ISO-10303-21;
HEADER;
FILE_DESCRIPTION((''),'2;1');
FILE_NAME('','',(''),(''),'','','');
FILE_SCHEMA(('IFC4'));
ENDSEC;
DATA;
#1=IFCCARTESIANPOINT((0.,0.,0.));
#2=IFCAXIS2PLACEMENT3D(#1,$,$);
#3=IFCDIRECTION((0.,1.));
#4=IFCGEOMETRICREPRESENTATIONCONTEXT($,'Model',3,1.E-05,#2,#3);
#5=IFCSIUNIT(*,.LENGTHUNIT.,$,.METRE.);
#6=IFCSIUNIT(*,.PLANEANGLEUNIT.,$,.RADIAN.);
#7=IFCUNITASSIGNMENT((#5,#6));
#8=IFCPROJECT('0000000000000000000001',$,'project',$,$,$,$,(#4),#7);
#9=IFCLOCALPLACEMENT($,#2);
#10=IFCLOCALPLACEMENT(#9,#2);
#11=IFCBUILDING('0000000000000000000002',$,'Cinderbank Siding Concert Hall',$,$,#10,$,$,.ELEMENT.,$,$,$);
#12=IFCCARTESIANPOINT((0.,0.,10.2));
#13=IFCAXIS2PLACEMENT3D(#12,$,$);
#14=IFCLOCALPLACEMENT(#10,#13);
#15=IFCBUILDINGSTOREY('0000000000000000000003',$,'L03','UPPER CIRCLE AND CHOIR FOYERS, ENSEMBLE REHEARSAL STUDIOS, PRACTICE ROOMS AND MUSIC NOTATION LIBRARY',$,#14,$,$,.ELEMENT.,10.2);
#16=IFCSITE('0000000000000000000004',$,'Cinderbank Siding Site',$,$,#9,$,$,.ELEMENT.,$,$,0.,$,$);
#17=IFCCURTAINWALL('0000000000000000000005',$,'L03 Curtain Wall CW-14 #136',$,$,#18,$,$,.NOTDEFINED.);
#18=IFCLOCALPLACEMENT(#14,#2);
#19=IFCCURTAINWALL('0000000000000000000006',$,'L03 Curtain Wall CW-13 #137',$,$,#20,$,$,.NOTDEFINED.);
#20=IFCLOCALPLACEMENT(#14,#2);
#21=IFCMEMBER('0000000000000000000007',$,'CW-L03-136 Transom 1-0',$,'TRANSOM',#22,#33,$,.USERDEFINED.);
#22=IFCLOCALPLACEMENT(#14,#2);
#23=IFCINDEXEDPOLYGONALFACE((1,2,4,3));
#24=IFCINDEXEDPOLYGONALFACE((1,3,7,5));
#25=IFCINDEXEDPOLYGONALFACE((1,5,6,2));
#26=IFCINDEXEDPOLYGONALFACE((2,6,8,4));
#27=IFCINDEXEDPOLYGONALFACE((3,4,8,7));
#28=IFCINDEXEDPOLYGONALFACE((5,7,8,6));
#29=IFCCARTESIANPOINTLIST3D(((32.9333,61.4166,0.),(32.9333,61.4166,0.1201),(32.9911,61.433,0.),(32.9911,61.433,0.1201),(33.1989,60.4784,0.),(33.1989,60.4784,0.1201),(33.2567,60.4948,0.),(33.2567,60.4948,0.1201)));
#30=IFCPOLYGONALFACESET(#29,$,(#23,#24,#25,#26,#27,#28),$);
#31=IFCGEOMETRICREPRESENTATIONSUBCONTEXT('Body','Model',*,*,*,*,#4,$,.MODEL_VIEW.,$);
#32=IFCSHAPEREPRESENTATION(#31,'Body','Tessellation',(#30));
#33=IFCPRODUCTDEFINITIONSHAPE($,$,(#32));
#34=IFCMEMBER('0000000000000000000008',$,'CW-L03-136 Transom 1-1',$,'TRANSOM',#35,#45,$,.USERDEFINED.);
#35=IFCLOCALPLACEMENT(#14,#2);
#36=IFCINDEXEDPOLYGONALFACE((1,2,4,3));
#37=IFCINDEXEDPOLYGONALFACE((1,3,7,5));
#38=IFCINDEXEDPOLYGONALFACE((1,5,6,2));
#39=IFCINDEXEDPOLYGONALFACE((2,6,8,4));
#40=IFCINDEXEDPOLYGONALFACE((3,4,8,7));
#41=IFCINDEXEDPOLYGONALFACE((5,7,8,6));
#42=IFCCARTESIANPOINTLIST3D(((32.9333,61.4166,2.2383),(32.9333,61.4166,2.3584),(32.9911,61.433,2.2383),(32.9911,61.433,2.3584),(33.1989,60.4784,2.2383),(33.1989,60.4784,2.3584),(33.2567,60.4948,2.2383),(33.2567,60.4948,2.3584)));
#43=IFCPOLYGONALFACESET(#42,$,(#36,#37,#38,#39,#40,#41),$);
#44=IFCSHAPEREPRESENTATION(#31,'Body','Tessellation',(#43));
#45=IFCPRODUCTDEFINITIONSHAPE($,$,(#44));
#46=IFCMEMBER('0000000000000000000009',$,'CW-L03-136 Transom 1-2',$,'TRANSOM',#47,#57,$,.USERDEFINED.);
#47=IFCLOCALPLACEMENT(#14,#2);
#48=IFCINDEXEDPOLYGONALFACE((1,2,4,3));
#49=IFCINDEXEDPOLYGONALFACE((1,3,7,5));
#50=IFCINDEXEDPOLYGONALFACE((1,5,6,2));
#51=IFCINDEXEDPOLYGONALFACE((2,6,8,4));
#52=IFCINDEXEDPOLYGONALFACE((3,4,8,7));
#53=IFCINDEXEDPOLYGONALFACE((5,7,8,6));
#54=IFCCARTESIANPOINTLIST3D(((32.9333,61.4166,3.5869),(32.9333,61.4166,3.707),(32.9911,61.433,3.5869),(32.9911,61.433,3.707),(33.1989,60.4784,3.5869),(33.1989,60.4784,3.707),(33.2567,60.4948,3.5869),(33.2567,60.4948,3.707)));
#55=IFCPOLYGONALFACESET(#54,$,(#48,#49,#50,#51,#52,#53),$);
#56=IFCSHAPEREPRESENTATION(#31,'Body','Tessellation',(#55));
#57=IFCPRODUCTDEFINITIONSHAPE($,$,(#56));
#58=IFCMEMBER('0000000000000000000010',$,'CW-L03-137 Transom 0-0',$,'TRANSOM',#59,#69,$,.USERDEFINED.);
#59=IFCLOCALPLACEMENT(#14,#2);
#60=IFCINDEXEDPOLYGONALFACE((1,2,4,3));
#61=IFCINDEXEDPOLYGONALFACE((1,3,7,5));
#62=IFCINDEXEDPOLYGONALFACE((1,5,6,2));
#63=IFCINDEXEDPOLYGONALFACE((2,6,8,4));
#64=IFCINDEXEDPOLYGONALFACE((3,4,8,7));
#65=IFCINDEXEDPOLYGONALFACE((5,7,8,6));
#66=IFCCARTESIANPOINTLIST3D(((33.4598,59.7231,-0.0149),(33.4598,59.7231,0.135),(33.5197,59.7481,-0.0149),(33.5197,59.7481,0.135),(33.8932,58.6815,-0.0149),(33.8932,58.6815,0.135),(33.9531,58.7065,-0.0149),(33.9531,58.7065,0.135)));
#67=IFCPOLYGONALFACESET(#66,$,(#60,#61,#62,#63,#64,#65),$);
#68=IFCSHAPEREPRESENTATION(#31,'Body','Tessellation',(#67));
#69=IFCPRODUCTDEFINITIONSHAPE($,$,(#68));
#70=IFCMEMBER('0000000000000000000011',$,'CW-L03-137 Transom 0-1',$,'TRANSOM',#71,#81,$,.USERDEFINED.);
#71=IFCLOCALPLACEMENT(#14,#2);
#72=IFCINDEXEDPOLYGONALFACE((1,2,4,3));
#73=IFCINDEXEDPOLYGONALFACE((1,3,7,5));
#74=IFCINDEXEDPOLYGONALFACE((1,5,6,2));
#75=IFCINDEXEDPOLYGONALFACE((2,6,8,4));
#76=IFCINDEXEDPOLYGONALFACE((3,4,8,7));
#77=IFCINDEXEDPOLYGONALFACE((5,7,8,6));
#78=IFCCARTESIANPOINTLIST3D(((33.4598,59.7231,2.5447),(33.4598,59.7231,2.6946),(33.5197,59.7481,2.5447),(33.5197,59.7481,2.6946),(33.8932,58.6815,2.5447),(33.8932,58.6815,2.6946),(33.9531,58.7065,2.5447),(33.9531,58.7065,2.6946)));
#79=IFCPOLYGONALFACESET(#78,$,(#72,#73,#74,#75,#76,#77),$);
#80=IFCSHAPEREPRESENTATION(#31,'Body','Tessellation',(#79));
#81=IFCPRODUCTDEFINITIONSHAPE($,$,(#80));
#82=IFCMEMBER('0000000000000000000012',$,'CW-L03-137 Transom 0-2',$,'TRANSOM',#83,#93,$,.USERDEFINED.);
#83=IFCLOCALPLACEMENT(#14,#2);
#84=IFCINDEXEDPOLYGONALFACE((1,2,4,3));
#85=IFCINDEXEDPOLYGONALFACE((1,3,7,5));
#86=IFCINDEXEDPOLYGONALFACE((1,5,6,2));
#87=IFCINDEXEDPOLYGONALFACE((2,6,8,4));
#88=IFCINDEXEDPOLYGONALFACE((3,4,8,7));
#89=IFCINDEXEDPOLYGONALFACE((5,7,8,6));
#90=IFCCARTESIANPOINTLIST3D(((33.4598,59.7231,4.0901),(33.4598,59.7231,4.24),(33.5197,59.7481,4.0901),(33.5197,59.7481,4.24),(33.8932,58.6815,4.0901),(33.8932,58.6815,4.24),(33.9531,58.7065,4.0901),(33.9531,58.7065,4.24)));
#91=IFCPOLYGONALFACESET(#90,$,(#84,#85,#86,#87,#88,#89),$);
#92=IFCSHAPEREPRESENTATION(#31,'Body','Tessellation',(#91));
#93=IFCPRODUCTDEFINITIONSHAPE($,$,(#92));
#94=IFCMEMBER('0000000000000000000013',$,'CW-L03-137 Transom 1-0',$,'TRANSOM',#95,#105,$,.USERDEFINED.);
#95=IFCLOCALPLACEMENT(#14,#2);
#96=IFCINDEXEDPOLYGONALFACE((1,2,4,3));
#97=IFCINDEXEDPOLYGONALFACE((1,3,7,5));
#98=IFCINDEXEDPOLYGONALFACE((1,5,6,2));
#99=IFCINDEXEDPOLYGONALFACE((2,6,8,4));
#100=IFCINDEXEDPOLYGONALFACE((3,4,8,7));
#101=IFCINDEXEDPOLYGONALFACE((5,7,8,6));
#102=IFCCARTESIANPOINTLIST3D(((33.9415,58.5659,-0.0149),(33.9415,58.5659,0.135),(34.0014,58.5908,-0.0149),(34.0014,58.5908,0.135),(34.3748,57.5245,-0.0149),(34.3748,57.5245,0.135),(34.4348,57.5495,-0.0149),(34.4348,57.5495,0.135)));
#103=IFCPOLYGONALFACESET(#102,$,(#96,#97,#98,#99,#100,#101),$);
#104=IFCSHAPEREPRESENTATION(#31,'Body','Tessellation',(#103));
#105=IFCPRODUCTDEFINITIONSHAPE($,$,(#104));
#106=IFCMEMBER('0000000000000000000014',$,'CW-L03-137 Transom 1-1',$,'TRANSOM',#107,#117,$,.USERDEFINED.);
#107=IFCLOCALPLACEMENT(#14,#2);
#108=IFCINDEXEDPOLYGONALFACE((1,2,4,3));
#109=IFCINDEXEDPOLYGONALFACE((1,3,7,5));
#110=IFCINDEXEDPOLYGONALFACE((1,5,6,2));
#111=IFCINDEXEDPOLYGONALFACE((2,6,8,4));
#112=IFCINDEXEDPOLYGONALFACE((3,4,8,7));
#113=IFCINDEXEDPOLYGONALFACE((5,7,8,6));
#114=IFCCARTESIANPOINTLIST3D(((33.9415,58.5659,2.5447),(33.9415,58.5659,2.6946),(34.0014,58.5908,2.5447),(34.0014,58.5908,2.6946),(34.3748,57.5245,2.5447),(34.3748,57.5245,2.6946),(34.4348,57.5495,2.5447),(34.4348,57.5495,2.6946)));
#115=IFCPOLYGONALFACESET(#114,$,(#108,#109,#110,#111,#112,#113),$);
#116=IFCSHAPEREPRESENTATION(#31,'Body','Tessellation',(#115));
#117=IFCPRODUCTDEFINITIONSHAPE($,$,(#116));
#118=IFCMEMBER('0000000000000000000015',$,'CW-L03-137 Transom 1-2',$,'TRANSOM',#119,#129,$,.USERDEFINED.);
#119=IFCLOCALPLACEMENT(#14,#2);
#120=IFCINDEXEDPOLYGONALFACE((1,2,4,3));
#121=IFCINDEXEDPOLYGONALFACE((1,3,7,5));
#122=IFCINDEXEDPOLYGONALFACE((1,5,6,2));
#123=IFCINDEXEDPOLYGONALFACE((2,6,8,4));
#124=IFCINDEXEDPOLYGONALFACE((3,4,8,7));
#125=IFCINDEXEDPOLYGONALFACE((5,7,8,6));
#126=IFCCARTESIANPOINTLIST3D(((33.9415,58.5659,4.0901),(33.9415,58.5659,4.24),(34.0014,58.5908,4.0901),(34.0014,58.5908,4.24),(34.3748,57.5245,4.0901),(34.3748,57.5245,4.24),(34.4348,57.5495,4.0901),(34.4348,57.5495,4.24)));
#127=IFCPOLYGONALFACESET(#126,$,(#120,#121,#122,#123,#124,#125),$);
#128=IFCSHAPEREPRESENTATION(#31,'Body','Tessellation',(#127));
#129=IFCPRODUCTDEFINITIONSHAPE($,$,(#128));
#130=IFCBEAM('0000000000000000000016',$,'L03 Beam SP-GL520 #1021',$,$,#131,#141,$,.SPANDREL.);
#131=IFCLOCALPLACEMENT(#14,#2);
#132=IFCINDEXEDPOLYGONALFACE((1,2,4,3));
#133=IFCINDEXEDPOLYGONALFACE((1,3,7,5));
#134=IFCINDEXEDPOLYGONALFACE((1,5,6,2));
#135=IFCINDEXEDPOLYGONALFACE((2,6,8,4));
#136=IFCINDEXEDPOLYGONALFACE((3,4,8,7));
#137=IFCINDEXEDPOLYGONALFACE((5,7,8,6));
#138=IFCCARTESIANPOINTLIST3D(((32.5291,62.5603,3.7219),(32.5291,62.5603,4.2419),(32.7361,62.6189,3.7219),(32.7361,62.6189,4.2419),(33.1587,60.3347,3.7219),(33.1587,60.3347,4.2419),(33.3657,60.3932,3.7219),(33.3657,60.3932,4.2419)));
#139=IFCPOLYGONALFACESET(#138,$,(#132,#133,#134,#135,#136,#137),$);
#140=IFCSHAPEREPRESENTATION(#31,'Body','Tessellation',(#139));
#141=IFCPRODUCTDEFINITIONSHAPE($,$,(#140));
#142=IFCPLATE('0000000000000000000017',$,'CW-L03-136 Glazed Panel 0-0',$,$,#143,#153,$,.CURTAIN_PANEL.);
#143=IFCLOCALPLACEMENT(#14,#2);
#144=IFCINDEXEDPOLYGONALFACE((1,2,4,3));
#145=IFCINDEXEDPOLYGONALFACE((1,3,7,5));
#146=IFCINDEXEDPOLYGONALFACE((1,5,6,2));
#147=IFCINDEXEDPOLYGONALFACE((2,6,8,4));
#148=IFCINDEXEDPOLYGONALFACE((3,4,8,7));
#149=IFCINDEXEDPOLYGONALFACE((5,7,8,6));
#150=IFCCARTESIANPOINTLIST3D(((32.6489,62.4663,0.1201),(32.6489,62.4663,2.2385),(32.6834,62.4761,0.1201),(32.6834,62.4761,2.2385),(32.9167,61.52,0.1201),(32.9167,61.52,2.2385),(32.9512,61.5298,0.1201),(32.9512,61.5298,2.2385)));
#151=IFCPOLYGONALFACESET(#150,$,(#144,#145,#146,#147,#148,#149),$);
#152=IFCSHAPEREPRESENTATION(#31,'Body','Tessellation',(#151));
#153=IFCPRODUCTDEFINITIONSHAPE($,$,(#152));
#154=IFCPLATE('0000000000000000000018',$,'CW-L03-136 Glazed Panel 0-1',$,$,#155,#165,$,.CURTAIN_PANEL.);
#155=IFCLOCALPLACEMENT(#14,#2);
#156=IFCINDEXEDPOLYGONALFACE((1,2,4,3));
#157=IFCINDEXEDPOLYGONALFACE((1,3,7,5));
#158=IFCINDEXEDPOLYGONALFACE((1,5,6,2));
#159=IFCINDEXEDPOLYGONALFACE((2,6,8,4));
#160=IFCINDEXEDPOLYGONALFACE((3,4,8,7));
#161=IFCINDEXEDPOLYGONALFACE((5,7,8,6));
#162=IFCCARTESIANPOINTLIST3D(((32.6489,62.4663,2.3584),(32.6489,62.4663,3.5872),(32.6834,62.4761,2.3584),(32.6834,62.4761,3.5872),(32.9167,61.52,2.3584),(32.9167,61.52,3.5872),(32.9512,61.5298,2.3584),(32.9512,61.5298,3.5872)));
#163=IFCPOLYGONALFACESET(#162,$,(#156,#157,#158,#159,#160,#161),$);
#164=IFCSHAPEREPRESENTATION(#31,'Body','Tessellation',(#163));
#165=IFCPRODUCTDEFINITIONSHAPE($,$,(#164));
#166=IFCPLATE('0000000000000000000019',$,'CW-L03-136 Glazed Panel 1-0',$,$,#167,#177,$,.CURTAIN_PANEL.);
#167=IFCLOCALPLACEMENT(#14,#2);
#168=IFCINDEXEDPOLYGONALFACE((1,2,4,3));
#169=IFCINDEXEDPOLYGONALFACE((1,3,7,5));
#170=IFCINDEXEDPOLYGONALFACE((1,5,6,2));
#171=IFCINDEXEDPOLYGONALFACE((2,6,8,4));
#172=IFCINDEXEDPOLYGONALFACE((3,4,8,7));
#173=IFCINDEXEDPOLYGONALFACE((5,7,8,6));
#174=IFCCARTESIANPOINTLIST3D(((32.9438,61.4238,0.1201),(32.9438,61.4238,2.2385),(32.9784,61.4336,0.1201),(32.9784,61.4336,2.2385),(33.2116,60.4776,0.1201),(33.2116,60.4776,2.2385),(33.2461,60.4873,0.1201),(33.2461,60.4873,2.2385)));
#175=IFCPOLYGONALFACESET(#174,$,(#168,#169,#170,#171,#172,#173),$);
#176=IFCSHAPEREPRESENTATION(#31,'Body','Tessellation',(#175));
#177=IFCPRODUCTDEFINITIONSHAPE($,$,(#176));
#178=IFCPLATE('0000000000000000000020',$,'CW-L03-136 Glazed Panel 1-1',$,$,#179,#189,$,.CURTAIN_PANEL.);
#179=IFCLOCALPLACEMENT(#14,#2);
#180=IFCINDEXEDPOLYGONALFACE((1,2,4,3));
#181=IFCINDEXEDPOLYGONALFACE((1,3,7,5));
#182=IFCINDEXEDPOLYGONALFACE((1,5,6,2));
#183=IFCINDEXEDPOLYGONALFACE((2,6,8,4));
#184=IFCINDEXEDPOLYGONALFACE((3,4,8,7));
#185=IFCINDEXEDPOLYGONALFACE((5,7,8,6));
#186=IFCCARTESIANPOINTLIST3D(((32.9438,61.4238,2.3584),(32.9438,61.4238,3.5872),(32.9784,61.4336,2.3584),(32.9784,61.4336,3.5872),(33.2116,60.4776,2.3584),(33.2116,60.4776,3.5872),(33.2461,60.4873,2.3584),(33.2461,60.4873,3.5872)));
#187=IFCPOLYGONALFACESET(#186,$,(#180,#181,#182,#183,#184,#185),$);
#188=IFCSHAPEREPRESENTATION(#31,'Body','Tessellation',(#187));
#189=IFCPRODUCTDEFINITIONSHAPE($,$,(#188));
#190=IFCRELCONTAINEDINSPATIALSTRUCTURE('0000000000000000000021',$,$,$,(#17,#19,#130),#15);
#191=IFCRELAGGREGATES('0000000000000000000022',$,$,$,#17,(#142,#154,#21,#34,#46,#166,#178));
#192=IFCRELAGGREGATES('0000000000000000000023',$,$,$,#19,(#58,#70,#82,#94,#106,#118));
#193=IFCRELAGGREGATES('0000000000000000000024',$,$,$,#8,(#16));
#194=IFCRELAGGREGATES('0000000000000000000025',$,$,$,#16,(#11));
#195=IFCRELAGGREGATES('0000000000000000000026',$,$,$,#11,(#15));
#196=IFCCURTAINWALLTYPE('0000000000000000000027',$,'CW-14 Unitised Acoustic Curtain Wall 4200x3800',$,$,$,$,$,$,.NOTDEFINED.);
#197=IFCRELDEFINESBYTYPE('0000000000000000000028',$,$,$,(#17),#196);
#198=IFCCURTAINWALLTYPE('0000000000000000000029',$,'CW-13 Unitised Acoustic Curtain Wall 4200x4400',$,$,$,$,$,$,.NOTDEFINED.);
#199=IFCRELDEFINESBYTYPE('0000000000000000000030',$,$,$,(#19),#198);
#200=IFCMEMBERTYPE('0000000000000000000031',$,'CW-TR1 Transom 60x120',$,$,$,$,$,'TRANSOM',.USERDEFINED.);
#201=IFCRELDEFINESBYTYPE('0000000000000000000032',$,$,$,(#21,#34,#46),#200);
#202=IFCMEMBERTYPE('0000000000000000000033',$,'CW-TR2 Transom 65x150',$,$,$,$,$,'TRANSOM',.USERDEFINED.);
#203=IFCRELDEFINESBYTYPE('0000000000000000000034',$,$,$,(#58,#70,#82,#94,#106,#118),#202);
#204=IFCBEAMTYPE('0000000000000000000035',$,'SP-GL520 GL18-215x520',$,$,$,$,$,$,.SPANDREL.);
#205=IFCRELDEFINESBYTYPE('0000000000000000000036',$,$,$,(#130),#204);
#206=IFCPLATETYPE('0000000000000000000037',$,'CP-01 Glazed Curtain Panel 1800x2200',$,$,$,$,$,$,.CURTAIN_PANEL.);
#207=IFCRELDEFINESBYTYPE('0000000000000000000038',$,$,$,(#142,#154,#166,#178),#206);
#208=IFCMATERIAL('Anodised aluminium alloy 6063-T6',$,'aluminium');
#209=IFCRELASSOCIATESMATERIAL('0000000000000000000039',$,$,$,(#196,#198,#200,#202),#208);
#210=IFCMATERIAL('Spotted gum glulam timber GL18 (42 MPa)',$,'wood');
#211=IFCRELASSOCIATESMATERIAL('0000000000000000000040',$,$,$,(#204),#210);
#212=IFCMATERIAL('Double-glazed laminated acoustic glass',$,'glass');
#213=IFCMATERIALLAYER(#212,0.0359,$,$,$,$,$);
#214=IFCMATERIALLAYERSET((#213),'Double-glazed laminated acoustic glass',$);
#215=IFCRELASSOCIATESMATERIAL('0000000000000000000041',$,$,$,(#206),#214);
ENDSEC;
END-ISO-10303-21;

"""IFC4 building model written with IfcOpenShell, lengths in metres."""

from ifc_helpers import new_model, si_unit, direction, frame, origin, origin_2d, place, context, subcontext, project, spatial, rectangle, extrude, material, layer, layer_set, material_profile, profile_set, type_object, element, aggregate, save


model = new_model("IFC4")

# Units and contexts
model_context = context("Model", 3, precision=1e-05, world=origin(), true_north=direction((0.0, 1.0)))
body_context = subcontext(model_context, "Body", "Model", "MODEL_VIEW")
ifc_project = project(units=[si_unit("LENGTHUNIT", "METRE"), si_unit("PLANEANGLEUNIT", "RADIAN")], contexts=[model_context])

# Site, building, storey
site_placement = place(None, origin())
site = spatial("IfcSite", under=ifc_project, at=site_placement, Name="Cinderbank Siding Site", CompositionType="ELEMENT", RefElevation=0.0)
building_placement = place(site_placement, origin())
building = spatial("IfcBuilding", under=site, at=building_placement, Name="Cinderbank Siding Concert Hall", CompositionType="ELEMENT")
storey_placement = place(building_placement, frame((0.0, 0.0, 10.2)))
storey = spatial("IfcBuildingStorey", under=building, at=storey_placement, Name="L03", Description="UPPER CIRCLE AND CHOIR FOYERS, ENSEMBLE REHEARSAL STUDIOS, PRACTICE ROOMS AND MUSIC NOTATION LIBRARY", CompositionType="ELEMENT", Elevation=10.2)

# Curtain wall
ifc_material_1 = material(Name="Anodised aluminium alloy 6063-T6", Category="aluminium")
curtain_wall_type_1 = type_object("IfcCurtainWallType", Name="CW-14 Unitised Acoustic Curtain Wall 4200x3800", PredefinedType="NOTDEFINED", material=ifc_material_1)
curtain_wall_1_placement = place(storey_placement, origin())
curtain_wall_1 = element("IfcCurtainWall", 1, at=curtain_wall_1_placement, inside=storey, type_object=curtain_wall_type_1, Name="L03 Curtain Wall CW-14 #136", PredefinedType="NOTDEFINED")

# Shared definitions
curtain_wall_type_2 = type_object("IfcCurtainWallType", Name="CW-13 Unitised Acoustic Curtain Wall 4200x4400", PredefinedType="NOTDEFINED", material=ifc_material_1)

# Curtain wall
curtain_wall_2_placement = place(storey_placement, origin())
curtain_wall_2 = element("IfcCurtainWall", 2, at=curtain_wall_2_placement, inside=storey, type_object=curtain_wall_type_2, Name="L03 Curtain Wall CW-13 #137", PredefinedType="NOTDEFINED")

# Members
ifc_material_profile_1 = material_profile(ifc_material_1, rectangle(XDim=0.0601, YDim=0.1201, at=origin_2d()), Name="ALU-TRAN-60x120", Category="LoadBearing")
ifc_profile_set_1 = profile_set([ifc_material_profile_1], Name="Anodised aluminium alloy 6063-T6")
member_type_1 = type_object("IfcMemberType", Name="CW-TR1 Transom 60x120", ElementType="TRANSOM", PredefinedType="USERDEFINED", material=ifc_profile_set_1)
member_1_placement = place(storey_placement, frame((32.9622, 61.4248, 0.0601), z_axis=(0.272406, -0.962183, 0.0), x_axis=(0.962183, 0.272406, 0.0)))
member_1 = element("IfcMember", 3, at=member_1_placement, type_object=member_type_1, Name="CW-L03-136 Transom 1-0", ObjectType="TRANSOM", PredefinedType="USERDEFINED", context=body_context, shape_type="SweptSolid", body=[
    extrude(rectangle(XDim=0.0601, YDim=0.1201, at=origin_2d()), origin(), (0.0, 0.0, 1.0), 0.9751),
])
member_2_placement = place(storey_placement, frame((32.9622, 61.4248, 2.2983), z_axis=(0.272406, -0.962183, 0.0), x_axis=(0.962183, 0.272406, 0.0)))
member_2 = element("IfcMember", 4, at=member_2_placement, type_object=member_type_1, Name="CW-L03-136 Transom 1-1", ObjectType="TRANSOM", PredefinedType="USERDEFINED", context=body_context, shape_type="SweptSolid", body=[
    extrude(rectangle(XDim=0.0601, YDim=0.1201, at=origin_2d()), origin(), (0.0, 0.0, 1.0), 0.9751),
])
member_3_placement = place(storey_placement, frame((32.9622, 61.4248, 3.647), z_axis=(0.272406, -0.962183, 0.0), x_axis=(0.962183, 0.272406, 0.0)))
member_3 = element("IfcMember", 5, at=member_3_placement, type_object=member_type_1, Name="CW-L03-136 Transom 1-2", ObjectType="TRANSOM", PredefinedType="USERDEFINED", context=body_context, shape_type="SweptSolid", body=[
    extrude(rectangle(XDim=0.0601, YDim=0.1201, at=origin_2d()), origin(), (0.0, 0.0, 1.0), 0.9751),
])
ifc_material_profile_2 = material_profile(ifc_material_1, rectangle(XDim=0.0649, YDim=0.1499, at=origin_2d()), Name="ALU-TRAN-65x150", Category="LoadBearing")
ifc_profile_set_2 = profile_set([ifc_material_profile_2], Name="Anodised aluminium alloy 6063-T6")
member_type_2 = type_object("IfcMemberType", Name="CW-TR2 Transom 65x150", ElementType="TRANSOM", PredefinedType="USERDEFINED", material=ifc_profile_set_2)
member_4_placement = place(storey_placement, frame((33.4897, 59.7356, 0.0601), z_axis=(0.384154, -0.923269, 0.0), x_axis=(0.923269, 0.384154, 0.0)))
member_4 = element("IfcMember", 6, at=member_4_placement, type_object=member_type_2, Name="CW-L03-137 Transom 0-0", ObjectType="TRANSOM", PredefinedType="USERDEFINED", context=body_context, shape_type="SweptSolid", body=[
    extrude(rectangle(XDim=0.0649, YDim=0.1499, at=origin_2d()), origin(), (0.0, 0.0, 1.0), 1.1282),
])
member_5_placement = place(storey_placement, frame((33.4897, 59.7356, 2.6196), z_axis=(0.384154, -0.923269, 0.0), x_axis=(0.923269, 0.384154, 0.0)))
member_5 = element("IfcMember", 7, at=member_5_placement, type_object=member_type_2, Name="CW-L03-137 Transom 0-1", ObjectType="TRANSOM", PredefinedType="USERDEFINED", context=body_context, shape_type="SweptSolid", body=[
    extrude(rectangle(XDim=0.0649, YDim=0.1499, at=origin_2d()), origin(), (0.0, 0.0, 1.0), 1.1282),
])
member_6_placement = place(storey_placement, frame((33.4897, 59.7356, 4.165), z_axis=(0.384154, -0.923269, 0.0), x_axis=(0.923269, 0.384154, 0.0)))
member_6 = element("IfcMember", 8, at=member_6_placement, type_object=member_type_2, Name="CW-L03-137 Transom 0-2", ObjectType="TRANSOM", PredefinedType="USERDEFINED", context=body_context, shape_type="SweptSolid", body=[
    extrude(rectangle(XDim=0.0649, YDim=0.1499, at=origin_2d()), origin(), (0.0, 0.0, 1.0), 1.1282),
])
member_7_placement = place(storey_placement, frame((33.9714, 58.5784, 0.0601), z_axis=(0.384231, -0.923237, 0.0), x_axis=(0.923237, 0.384231, 0.0)))
member_7 = element("IfcMember", 9, at=member_7_placement, type_object=member_type_2, Name="CW-L03-137 Transom 1-0", ObjectType="TRANSOM", PredefinedType="USERDEFINED", context=body_context, shape_type="SweptSolid", body=[
    extrude(rectangle(XDim=0.0649, YDim=0.1499, at=origin_2d()), origin(), (0.0, 0.0, 1.0), 1.1279),
])
member_8_placement = place(storey_placement, frame((33.9714, 58.5784, 2.6196), z_axis=(0.384231, -0.923237, 0.0), x_axis=(0.923237, 0.384231, 0.0)))
member_8 = element("IfcMember", 10, at=member_8_placement, type_object=member_type_2, Name="CW-L03-137 Transom 1-1", ObjectType="TRANSOM", PredefinedType="USERDEFINED", context=body_context, shape_type="SweptSolid", body=[
    extrude(rectangle(XDim=0.0649, YDim=0.1499, at=origin_2d()), origin(), (0.0, 0.0, 1.0), 1.1279),
])
member_9_placement = place(storey_placement, frame((33.9714, 58.5784, 4.165), z_axis=(0.384231, -0.923237, 0.0), x_axis=(0.923237, 0.384231, 0.0)))
member_9 = element("IfcMember", 11, at=member_9_placement, type_object=member_type_2, Name="CW-L03-137 Transom 1-2", ObjectType="TRANSOM", PredefinedType="USERDEFINED", context=body_context, shape_type="SweptSolid", body=[
    extrude(rectangle(XDim=0.0649, YDim=0.1499, at=origin_2d()), origin(), (0.0, 0.0, 1.0), 1.1279),
])

# Beam
ifc_material_2 = material(Name="Spotted gum glulam timber GL18 (42 MPa)", Category="wood")
ifc_material_profile_3 = material_profile(ifc_material_2, rectangle(XDim=0.2151, YDim=0.52, at=origin_2d()), Name="GL18-215x520", Category="LoadBearing")
ifc_profile_set_3 = profile_set([ifc_material_profile_3], Name="Spotted gum glulam timber GL18 (42 MPa)")
beam_type_1 = type_object("IfcBeamType", Name="SP-GL520 GL18-215x520", PredefinedType="SPANDREL", material=ifc_profile_set_3)
beam_1_placement = place(storey_placement, frame((32.6326, 62.5896, 3.9819), z_axis=(0.272225, -0.962234, 0.0), x_axis=(0.962234, 0.272225, 0.0)))
element("IfcBeam", 12, at=beam_1_placement, inside=storey, type_object=beam_type_1, Name="L03 Beam SP-GL520 #1021", PredefinedType="SPANDREL", context=body_context, shape_type="SweptSolid", body=[
    extrude(rectangle(XDim=0.2151, YDim=0.52, at=origin_2d()), origin(), (0.0, 0.0, 1.0), 2.313),
])

# Plates
ifc_material_3 = material(Name="Double-glazed laminated acoustic glass", Category="glass")
ifc_layer_1 = layer(ifc_material_3, 0.0359)
ifc_layer_set_1 = layer_set([ifc_layer_1], Name="Double-glazed laminated acoustic glass")
plate_type_1 = type_object("IfcPlateType", Name="CP-01 Glazed Curtain Panel 1800x2200", PredefinedType="CURTAIN_PANEL", material=ifc_layer_set_1)
plate_1_placement = place(storey_placement, frame((32.8, 61.998, 0.1201), z_axis=(0.0, 0.0, 1.0), x_axis=(0.272275, -0.962219, 0.0)))
plate_1 = element("IfcPlate", 13, at=plate_1_placement, type_object=plate_type_1, Name="CW-L03-136 Glazed Panel 0-0", PredefinedType="CURTAIN_PANEL", context=body_context, shape_type="SweptSolid", body=[
    extrude(rectangle(XDim=0.9834, YDim=0.0359, at=origin_2d()), origin(), (0.0, 0.0, 1.0), 2.1184),
])
plate_2_placement = place(storey_placement, frame((32.8, 61.998, 2.3584), z_axis=(0.0, 0.0, 1.0), x_axis=(0.272275, -0.962219, 0.0)))
plate_2 = element("IfcPlate", 14, at=plate_2_placement, type_object=plate_type_1, Name="CW-L03-136 Glazed Panel 0-1", PredefinedType="CURTAIN_PANEL", context=body_context, shape_type="SweptSolid", body=[
    extrude(rectangle(XDim=0.9834, YDim=0.0359, at=origin_2d()), origin(), (0.0, 0.0, 1.0), 1.2288),
])
plate_3_placement = place(storey_placement, frame((33.095, 60.9556, 0.1201), z_axis=(0.0, 0.0, 1.0), x_axis=(0.272275, -0.962219, 0.0)))
plate_3 = element("IfcPlate", 15, at=plate_3_placement, type_object=plate_type_1, Name="CW-L03-136 Glazed Panel 1-0", PredefinedType="CURTAIN_PANEL", context=body_context, shape_type="SweptSolid", body=[
    extrude(rectangle(XDim=0.9834, YDim=0.0359, at=origin_2d()), origin(), (0.0, 0.0, 1.0), 2.1184),
])
plate_4_placement = place(storey_placement, frame((33.095, 60.9556, 2.3584), z_axis=(0.0, 0.0, 1.0), x_axis=(0.272275, -0.962219, 0.0)))
plate_4 = element("IfcPlate", 16, at=plate_4_placement, type_object=plate_type_1, Name="CW-L03-136 Glazed Panel 1-1", PredefinedType="CURTAIN_PANEL", context=body_context, shape_type="SweptSolid", body=[
    extrude(rectangle(XDim=0.9834, YDim=0.0359, at=origin_2d()), origin(), (0.0, 0.0, 1.0), 1.2288),
])
aggregate(curtain_wall_1, [plate_1, plate_2, member_1, member_2, member_3, plate_3, plate_4])
aggregate(curtain_wall_2, [member_4, member_5, member_6, member_7, member_8, member_9])

save(model, "model.ifc")
